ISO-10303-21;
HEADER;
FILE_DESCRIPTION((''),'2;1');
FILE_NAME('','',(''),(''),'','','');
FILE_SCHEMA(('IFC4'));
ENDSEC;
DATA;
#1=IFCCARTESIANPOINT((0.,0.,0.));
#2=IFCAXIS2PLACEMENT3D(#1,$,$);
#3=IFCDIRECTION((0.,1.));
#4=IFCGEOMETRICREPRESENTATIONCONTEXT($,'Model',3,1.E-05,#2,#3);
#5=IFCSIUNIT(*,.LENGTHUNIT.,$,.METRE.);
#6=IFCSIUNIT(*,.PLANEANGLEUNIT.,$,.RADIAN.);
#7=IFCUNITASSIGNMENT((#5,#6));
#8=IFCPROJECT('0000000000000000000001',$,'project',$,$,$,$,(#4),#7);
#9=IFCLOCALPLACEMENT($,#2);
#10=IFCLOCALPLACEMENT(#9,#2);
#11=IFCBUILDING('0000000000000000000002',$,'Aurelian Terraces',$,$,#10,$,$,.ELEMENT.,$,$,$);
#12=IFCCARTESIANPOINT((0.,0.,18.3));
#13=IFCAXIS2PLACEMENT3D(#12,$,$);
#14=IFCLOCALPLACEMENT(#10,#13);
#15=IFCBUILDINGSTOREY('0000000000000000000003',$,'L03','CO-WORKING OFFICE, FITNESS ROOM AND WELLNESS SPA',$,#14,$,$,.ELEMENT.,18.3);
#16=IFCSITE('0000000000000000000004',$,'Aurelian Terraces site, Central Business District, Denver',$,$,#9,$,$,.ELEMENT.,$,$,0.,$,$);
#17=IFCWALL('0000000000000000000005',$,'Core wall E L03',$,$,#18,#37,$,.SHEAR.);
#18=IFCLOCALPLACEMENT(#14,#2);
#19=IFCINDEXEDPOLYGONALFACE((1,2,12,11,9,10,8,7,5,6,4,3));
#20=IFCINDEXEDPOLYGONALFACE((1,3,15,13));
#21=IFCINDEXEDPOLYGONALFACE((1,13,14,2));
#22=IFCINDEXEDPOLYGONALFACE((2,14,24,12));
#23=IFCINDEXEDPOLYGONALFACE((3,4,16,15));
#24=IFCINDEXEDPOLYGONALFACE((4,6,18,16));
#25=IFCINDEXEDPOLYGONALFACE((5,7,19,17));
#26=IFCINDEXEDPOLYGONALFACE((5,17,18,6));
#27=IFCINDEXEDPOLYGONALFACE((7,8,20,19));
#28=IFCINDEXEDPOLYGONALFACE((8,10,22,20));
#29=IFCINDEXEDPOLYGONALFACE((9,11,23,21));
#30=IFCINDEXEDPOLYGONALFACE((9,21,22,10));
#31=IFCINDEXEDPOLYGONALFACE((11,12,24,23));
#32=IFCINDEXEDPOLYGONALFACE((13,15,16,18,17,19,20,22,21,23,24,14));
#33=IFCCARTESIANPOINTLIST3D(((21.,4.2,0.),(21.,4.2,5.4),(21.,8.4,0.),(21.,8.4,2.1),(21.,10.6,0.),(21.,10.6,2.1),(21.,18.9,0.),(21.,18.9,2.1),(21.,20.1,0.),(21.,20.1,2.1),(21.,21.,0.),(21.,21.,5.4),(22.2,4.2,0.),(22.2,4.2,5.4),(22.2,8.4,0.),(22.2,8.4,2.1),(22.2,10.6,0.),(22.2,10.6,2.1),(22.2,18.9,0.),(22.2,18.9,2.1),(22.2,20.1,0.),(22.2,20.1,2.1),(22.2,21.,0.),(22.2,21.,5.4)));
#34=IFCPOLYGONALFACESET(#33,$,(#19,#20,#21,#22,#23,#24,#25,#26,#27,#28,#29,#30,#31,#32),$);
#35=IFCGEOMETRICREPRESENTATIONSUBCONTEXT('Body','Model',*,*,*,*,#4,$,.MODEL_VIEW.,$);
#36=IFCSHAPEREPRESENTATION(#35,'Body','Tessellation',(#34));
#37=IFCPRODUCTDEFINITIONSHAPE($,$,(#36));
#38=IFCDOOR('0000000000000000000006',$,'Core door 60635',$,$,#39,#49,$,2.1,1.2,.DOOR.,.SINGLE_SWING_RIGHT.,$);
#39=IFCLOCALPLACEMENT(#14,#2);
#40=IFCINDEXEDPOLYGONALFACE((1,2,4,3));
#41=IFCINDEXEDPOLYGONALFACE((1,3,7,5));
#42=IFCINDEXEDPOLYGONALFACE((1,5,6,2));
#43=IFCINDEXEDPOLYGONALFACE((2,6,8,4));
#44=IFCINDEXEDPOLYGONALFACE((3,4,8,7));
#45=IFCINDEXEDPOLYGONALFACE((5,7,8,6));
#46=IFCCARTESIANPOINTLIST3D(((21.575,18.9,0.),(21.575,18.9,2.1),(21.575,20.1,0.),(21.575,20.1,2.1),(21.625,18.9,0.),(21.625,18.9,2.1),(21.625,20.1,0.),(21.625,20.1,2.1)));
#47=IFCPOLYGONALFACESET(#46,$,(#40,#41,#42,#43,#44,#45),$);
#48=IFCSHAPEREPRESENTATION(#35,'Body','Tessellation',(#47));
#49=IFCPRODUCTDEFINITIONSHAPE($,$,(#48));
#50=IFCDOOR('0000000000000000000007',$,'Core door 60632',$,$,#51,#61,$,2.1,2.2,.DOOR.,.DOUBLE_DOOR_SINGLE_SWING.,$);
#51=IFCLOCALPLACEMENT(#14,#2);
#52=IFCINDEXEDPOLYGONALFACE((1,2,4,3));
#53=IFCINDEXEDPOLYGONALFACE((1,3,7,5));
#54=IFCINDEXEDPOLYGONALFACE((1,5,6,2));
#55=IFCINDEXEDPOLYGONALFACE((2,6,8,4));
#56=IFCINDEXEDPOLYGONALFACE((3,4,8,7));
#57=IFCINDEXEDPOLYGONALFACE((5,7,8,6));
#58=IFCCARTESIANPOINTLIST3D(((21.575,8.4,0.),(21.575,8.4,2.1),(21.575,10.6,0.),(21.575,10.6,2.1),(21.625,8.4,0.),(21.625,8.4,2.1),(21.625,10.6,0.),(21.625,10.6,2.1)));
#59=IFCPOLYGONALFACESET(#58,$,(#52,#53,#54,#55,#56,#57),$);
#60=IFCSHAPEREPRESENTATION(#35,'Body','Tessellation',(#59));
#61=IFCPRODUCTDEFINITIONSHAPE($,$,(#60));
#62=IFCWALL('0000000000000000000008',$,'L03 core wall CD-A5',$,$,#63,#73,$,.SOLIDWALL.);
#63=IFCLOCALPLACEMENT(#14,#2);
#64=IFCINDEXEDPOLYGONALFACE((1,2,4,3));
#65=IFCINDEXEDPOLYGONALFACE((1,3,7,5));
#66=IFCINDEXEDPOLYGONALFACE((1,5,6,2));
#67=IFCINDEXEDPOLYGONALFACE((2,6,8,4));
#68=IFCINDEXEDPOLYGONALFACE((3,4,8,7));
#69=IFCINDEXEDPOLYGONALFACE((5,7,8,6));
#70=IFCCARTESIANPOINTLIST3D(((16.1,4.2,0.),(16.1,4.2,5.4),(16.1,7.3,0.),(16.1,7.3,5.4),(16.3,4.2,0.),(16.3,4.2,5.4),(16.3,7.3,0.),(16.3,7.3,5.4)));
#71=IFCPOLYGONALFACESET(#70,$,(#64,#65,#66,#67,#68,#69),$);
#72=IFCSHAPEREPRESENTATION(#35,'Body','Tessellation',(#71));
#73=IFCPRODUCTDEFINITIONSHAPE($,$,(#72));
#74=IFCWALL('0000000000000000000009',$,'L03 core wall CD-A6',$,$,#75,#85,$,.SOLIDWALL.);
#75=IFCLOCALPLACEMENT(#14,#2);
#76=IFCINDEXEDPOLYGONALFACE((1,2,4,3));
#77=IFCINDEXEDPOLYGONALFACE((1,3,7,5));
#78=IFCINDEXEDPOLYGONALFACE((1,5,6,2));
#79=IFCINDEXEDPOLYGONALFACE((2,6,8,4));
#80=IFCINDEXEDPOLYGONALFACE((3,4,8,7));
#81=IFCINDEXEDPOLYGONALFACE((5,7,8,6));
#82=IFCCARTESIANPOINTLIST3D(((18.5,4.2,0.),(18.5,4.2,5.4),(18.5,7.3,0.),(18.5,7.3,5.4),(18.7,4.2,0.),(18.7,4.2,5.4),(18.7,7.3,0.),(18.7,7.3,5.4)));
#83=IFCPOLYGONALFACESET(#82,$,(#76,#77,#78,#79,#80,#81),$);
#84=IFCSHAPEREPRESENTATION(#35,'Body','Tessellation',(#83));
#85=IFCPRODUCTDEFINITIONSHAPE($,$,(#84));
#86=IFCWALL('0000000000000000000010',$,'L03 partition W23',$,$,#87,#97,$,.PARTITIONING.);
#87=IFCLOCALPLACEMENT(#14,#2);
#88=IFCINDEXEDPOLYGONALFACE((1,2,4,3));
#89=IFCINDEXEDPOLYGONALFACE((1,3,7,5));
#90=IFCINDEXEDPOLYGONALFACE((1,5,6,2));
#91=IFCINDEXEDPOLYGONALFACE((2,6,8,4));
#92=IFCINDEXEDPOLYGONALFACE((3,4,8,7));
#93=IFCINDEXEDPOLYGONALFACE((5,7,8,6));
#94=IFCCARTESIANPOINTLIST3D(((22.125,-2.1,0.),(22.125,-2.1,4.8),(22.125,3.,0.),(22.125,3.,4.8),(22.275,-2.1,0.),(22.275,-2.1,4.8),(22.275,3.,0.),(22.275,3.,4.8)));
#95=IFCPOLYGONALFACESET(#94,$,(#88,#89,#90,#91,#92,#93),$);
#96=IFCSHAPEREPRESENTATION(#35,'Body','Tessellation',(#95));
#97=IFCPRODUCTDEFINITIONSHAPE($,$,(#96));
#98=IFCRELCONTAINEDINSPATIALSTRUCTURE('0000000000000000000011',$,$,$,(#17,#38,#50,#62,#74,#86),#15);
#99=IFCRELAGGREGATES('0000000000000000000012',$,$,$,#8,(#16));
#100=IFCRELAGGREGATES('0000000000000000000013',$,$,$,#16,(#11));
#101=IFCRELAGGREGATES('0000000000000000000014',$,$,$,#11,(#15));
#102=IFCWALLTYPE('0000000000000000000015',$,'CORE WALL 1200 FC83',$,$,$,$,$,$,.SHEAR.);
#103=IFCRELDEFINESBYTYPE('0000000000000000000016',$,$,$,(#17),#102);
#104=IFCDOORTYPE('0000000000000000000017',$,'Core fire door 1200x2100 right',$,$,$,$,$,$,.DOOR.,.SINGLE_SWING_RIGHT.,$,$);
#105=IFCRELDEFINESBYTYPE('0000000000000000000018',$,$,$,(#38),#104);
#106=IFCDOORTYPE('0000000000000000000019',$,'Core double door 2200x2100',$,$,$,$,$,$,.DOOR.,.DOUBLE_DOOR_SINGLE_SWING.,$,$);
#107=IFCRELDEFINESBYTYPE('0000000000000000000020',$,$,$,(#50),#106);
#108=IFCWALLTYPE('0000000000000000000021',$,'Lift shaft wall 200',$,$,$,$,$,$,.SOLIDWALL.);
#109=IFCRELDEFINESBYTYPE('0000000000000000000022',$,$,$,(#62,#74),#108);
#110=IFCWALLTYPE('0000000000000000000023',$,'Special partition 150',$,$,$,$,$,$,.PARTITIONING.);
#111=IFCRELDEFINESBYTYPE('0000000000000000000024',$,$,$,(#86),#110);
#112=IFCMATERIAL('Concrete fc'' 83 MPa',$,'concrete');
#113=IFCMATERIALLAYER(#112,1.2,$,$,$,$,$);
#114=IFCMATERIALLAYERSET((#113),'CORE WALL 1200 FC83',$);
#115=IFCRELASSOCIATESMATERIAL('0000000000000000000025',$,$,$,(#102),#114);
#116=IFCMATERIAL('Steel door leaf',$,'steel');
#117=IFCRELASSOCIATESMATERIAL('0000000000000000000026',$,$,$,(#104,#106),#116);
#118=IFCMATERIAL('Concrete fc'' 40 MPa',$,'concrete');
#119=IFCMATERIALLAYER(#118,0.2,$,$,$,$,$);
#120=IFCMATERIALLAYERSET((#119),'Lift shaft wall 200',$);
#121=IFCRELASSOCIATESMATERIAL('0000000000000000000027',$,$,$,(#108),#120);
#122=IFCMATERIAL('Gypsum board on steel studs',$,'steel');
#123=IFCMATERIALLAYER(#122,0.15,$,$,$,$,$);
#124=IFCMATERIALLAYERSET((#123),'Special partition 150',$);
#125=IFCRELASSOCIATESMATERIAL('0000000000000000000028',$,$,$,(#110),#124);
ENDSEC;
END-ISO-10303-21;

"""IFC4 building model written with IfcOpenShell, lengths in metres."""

from ifc_helpers import new_model, si_unit, direction, frame, frame_2d, origin, place, context, subcontext, project, spatial, rectangle, extrude, source, transform, mapped, material, layer, layer_set, type_object, element, fill, save


model = new_model("IFC4")

# Units and contexts
model_context = context("Model", 3, precision=1e-05, world=origin(), true_north=direction((0.0, 1.0)))
body_context = subcontext(model_context, "Body", "Model", "MODEL_VIEW")
ifc_project = project(units=[si_unit("LENGTHUNIT", "METRE"), si_unit("PLANEANGLEUNIT", "RADIAN")], contexts=[model_context])

# Site, building, storey
site_placement = place(None, origin())
site = spatial("IfcSite", under=ifc_project, at=site_placement, Name="Aurelian Terraces site, Central Business District, Denver", CompositionType="ELEMENT", RefElevation=0.0)
building_placement = place(site_placement, origin())
building = spatial("IfcBuilding", under=site, at=building_placement, Name="Aurelian Terraces", CompositionType="ELEMENT")
storey_placement = place(building_placement, frame((0.0, 0.0, 18.3)))
storey = spatial("IfcBuildingStorey", under=building, at=storey_placement, Name="L03", Description="CO-WORKING OFFICE, FITNESS ROOM AND WELLNESS SPA", CompositionType="ELEMENT", Elevation=18.3)

# Shared definitions
ifc_material_1 = material(Name="Concrete fc' 83 MPa", Category="concrete")

# Wall, openings, doors
ifc_layer_1 = layer(ifc_material_1, 1.2)
ifc_layer_set_1 = layer_set([ifc_layer_1], Name="CORE WALL 1200 FC83")
wall_type_1 = type_object("IfcWallType", Name="CORE WALL 1200 FC83", PredefinedType="SHEAR", material=ifc_layer_set_1)
shared_shape_1 = source(origin(), body_context, "Body", "SweptSolid", [
    extrude(rectangle(XDim=16.8, YDim=1.2, at=frame_2d((8.4, 0.0))), origin(), (0.0, 0.0, 1.0), 5.4),
])
wall_1_placement = place(storey_placement, frame((21.6, 4.2, 0.0), z_axis=(0.0, 0.0, 1.0), x_axis=(0.0, 1.0, 0.0)))
wall_1 = element("IfcWall", 1, at=wall_1_placement, inside=storey, type_object=wall_type_1, Name="Core wall E L03", PredefinedType="SHEAR", context=body_context, shape_type="MappedRepresentation", body=[
    mapped(shared_shape_1, transform((0.0, 0.0, 0.0), scale=1.0)),
])
shared_shape_2 = source(origin(), body_context, "Body", "SweptSolid", [
    extrude(rectangle(XDim=2.2, YDim=2.1, at=frame_2d((1.1, 1.05))), frame((0.0, 0.61, 0.0), z_axis=(0.0, -1.0, 0.0), x_axis=(1.0, 0.0, 0.0)), (0.0, 0.0, 1.0), 1.22),
])
opening_1_placement = place(wall_1_placement, frame((4.2, 0.0, 0.0)))
opening_1 = element("IfcOpeningElement", 2, at=opening_1_placement, cuts=wall_1, PredefinedType="OPENING", context=body_context, shape_type="MappedRepresentation", body=[
    mapped(shared_shape_2, transform((0.0, 0.0, 0.0), scale=1.0)),
])
shared_shape_3 = source(origin(), body_context, "Body", "SweptSolid", [
    extrude(rectangle(XDim=1.2, YDim=2.1, at=frame_2d((0.6, 1.05))), frame((0.0, 0.61, 0.0), z_axis=(0.0, -1.0, 0.0), x_axis=(1.0, 0.0, 0.0)), (0.0, 0.0, 1.0), 1.22),
])
opening_2_placement = place(wall_1_placement, frame((14.7, 0.0, 0.0)))
opening_2 = element("IfcOpeningElement", 3, at=opening_2_placement, cuts=wall_1, PredefinedType="OPENING", context=body_context, shape_type="MappedRepresentation", body=[
    mapped(shared_shape_3, transform((0.0, 0.0, 0.0), scale=1.0)),
])
ifc_material_2 = material(Name="Steel door leaf", Category="steel")
door_type_1 = type_object("IfcDoorType", Name="Core fire door 1200x2100 right", OperationType="SINGLE_SWING_RIGHT", PredefinedType="DOOR", material=ifc_material_2)
shared_shape_4 = source(origin(), body_context, "Body", "SweptSolid", [
    extrude(rectangle(XDim=1.2, YDim=2.1, at=frame_2d((0.6, 1.05))), frame((0.0, 0.025, 0.0), z_axis=(0.0, -1.0, 0.0), x_axis=(1.0, 0.0, 0.0)), (0.0, 0.0, 1.0), 0.05),
])
door_1_placement = place(opening_2_placement, origin())
door_1 = element("IfcDoor", 4, at=door_1_placement, inside=storey, type_object=door_type_1, Name="Core door 60635", OperationType="SINGLE_SWING_RIGHT", OverallHeight=2.1, OverallWidth=1.2, PredefinedType="DOOR", context=body_context, shape_type="MappedRepresentation", body=[
    mapped(shared_shape_4, transform((0.0, 0.0, 0.0), scale=1.0)),
])
fill(opening_2, door_1)
door_type_2 = type_object("IfcDoorType", Name="Core double door 2200x2100", OperationType="DOUBLE_DOOR_SINGLE_SWING", PredefinedType="DOOR", material=ifc_material_2)
shared_shape_5 = source(origin(), body_context, "Body", "SweptSolid", [
    extrude(rectangle(XDim=2.2, YDim=2.1, at=frame_2d((1.1, 1.05))), frame((0.0, 0.025, 0.0), z_axis=(0.0, -1.0, 0.0), x_axis=(1.0, 0.0, 0.0)), (0.0, 0.0, 1.0), 0.05),
])
door_2_placement = place(opening_1_placement, origin())
door_2 = element("IfcDoor", 5, at=door_2_placement, inside=storey, type_object=door_type_2, Name="Core door 60632", OperationType="DOUBLE_DOOR_SINGLE_SWING", OverallHeight=2.1, OverallWidth=2.2, PredefinedType="DOOR", context=body_context, shape_type="MappedRepresentation", body=[
    mapped(shared_shape_5, transform((0.0, 0.0, 0.0), scale=1.0)),
])
fill(opening_1, door_2)

# Walls
ifc_material_3 = material(Name="Concrete fc' 40 MPa", Category="concrete")
ifc_layer_2 = layer(ifc_material_3, 0.2)
ifc_layer_set_2 = layer_set([ifc_layer_2], Name="Lift shaft wall 200")
wall_type_2 = type_object("IfcWallType", Name="Lift shaft wall 200", PredefinedType="SOLIDWALL", material=ifc_layer_set_2)
shared_shape_6 = source(origin(), body_context, "Body", "SweptSolid", [
    extrude(rectangle(XDim=3.1, YDim=0.2, at=frame_2d((1.55, 0.0))), origin(), (0.0, 0.0, 1.0), 5.4),
])
for number, where, z_axis, x_axis, name in (
    (6, (16.2, 4.2, 0.0), (0.0, 0.0, 1.0), (0.0, 1.0, 0.0), "L03 core wall CD-A5"),
    (7, (18.6, 4.2, 0.0), (0.0, 0.0, 1.0), (0.0, 1.0, 0.0), "L03 core wall CD-A6"),
):
    element("IfcWall", number, at=place(storey_placement, frame(where, z_axis=z_axis, x_axis=x_axis)), inside=storey, type_object=wall_type_2, Name=name, PredefinedType="SOLIDWALL", context=body_context, shape_type="MappedRepresentation", body=[
        mapped(shared_shape_6, transform((0.0, 0.0, 0.0), scale=1.0)),
    ])
ifc_material_4 = material(Name="Gypsum board on steel studs", Category="steel")
ifc_layer_3 = layer(ifc_material_4, 0.15)
ifc_layer_set_3 = layer_set([ifc_layer_3], Name="Special partition 150")
wall_type_3 = type_object("IfcWallType", Name="Special partition 150", PredefinedType="PARTITIONING", material=ifc_layer_set_3)
shared_shape_7 = source(origin(), body_context, "Body", "SweptSolid", [
    extrude(rectangle(XDim=5.1, YDim=0.15, at=frame_2d((2.55, 0.0))), origin(), (0.0, 0.0, 1.0), 4.8),
])
wall_2_placement = place(storey_placement, frame((22.2, -2.1, 0.0), z_axis=(0.0, 0.0, 1.0), x_axis=(0.0, 1.0, 0.0)))
element("IfcWall", 8, at=wall_2_placement, inside=storey, type_object=wall_type_3, Name="L03 partition W23", PredefinedType="PARTITIONING", context=body_context, shape_type="MappedRepresentation", body=[
    mapped(shared_shape_7, transform((0.0, 0.0, 0.0), scale=1.0)),
])

save(model, "model.ifc")
